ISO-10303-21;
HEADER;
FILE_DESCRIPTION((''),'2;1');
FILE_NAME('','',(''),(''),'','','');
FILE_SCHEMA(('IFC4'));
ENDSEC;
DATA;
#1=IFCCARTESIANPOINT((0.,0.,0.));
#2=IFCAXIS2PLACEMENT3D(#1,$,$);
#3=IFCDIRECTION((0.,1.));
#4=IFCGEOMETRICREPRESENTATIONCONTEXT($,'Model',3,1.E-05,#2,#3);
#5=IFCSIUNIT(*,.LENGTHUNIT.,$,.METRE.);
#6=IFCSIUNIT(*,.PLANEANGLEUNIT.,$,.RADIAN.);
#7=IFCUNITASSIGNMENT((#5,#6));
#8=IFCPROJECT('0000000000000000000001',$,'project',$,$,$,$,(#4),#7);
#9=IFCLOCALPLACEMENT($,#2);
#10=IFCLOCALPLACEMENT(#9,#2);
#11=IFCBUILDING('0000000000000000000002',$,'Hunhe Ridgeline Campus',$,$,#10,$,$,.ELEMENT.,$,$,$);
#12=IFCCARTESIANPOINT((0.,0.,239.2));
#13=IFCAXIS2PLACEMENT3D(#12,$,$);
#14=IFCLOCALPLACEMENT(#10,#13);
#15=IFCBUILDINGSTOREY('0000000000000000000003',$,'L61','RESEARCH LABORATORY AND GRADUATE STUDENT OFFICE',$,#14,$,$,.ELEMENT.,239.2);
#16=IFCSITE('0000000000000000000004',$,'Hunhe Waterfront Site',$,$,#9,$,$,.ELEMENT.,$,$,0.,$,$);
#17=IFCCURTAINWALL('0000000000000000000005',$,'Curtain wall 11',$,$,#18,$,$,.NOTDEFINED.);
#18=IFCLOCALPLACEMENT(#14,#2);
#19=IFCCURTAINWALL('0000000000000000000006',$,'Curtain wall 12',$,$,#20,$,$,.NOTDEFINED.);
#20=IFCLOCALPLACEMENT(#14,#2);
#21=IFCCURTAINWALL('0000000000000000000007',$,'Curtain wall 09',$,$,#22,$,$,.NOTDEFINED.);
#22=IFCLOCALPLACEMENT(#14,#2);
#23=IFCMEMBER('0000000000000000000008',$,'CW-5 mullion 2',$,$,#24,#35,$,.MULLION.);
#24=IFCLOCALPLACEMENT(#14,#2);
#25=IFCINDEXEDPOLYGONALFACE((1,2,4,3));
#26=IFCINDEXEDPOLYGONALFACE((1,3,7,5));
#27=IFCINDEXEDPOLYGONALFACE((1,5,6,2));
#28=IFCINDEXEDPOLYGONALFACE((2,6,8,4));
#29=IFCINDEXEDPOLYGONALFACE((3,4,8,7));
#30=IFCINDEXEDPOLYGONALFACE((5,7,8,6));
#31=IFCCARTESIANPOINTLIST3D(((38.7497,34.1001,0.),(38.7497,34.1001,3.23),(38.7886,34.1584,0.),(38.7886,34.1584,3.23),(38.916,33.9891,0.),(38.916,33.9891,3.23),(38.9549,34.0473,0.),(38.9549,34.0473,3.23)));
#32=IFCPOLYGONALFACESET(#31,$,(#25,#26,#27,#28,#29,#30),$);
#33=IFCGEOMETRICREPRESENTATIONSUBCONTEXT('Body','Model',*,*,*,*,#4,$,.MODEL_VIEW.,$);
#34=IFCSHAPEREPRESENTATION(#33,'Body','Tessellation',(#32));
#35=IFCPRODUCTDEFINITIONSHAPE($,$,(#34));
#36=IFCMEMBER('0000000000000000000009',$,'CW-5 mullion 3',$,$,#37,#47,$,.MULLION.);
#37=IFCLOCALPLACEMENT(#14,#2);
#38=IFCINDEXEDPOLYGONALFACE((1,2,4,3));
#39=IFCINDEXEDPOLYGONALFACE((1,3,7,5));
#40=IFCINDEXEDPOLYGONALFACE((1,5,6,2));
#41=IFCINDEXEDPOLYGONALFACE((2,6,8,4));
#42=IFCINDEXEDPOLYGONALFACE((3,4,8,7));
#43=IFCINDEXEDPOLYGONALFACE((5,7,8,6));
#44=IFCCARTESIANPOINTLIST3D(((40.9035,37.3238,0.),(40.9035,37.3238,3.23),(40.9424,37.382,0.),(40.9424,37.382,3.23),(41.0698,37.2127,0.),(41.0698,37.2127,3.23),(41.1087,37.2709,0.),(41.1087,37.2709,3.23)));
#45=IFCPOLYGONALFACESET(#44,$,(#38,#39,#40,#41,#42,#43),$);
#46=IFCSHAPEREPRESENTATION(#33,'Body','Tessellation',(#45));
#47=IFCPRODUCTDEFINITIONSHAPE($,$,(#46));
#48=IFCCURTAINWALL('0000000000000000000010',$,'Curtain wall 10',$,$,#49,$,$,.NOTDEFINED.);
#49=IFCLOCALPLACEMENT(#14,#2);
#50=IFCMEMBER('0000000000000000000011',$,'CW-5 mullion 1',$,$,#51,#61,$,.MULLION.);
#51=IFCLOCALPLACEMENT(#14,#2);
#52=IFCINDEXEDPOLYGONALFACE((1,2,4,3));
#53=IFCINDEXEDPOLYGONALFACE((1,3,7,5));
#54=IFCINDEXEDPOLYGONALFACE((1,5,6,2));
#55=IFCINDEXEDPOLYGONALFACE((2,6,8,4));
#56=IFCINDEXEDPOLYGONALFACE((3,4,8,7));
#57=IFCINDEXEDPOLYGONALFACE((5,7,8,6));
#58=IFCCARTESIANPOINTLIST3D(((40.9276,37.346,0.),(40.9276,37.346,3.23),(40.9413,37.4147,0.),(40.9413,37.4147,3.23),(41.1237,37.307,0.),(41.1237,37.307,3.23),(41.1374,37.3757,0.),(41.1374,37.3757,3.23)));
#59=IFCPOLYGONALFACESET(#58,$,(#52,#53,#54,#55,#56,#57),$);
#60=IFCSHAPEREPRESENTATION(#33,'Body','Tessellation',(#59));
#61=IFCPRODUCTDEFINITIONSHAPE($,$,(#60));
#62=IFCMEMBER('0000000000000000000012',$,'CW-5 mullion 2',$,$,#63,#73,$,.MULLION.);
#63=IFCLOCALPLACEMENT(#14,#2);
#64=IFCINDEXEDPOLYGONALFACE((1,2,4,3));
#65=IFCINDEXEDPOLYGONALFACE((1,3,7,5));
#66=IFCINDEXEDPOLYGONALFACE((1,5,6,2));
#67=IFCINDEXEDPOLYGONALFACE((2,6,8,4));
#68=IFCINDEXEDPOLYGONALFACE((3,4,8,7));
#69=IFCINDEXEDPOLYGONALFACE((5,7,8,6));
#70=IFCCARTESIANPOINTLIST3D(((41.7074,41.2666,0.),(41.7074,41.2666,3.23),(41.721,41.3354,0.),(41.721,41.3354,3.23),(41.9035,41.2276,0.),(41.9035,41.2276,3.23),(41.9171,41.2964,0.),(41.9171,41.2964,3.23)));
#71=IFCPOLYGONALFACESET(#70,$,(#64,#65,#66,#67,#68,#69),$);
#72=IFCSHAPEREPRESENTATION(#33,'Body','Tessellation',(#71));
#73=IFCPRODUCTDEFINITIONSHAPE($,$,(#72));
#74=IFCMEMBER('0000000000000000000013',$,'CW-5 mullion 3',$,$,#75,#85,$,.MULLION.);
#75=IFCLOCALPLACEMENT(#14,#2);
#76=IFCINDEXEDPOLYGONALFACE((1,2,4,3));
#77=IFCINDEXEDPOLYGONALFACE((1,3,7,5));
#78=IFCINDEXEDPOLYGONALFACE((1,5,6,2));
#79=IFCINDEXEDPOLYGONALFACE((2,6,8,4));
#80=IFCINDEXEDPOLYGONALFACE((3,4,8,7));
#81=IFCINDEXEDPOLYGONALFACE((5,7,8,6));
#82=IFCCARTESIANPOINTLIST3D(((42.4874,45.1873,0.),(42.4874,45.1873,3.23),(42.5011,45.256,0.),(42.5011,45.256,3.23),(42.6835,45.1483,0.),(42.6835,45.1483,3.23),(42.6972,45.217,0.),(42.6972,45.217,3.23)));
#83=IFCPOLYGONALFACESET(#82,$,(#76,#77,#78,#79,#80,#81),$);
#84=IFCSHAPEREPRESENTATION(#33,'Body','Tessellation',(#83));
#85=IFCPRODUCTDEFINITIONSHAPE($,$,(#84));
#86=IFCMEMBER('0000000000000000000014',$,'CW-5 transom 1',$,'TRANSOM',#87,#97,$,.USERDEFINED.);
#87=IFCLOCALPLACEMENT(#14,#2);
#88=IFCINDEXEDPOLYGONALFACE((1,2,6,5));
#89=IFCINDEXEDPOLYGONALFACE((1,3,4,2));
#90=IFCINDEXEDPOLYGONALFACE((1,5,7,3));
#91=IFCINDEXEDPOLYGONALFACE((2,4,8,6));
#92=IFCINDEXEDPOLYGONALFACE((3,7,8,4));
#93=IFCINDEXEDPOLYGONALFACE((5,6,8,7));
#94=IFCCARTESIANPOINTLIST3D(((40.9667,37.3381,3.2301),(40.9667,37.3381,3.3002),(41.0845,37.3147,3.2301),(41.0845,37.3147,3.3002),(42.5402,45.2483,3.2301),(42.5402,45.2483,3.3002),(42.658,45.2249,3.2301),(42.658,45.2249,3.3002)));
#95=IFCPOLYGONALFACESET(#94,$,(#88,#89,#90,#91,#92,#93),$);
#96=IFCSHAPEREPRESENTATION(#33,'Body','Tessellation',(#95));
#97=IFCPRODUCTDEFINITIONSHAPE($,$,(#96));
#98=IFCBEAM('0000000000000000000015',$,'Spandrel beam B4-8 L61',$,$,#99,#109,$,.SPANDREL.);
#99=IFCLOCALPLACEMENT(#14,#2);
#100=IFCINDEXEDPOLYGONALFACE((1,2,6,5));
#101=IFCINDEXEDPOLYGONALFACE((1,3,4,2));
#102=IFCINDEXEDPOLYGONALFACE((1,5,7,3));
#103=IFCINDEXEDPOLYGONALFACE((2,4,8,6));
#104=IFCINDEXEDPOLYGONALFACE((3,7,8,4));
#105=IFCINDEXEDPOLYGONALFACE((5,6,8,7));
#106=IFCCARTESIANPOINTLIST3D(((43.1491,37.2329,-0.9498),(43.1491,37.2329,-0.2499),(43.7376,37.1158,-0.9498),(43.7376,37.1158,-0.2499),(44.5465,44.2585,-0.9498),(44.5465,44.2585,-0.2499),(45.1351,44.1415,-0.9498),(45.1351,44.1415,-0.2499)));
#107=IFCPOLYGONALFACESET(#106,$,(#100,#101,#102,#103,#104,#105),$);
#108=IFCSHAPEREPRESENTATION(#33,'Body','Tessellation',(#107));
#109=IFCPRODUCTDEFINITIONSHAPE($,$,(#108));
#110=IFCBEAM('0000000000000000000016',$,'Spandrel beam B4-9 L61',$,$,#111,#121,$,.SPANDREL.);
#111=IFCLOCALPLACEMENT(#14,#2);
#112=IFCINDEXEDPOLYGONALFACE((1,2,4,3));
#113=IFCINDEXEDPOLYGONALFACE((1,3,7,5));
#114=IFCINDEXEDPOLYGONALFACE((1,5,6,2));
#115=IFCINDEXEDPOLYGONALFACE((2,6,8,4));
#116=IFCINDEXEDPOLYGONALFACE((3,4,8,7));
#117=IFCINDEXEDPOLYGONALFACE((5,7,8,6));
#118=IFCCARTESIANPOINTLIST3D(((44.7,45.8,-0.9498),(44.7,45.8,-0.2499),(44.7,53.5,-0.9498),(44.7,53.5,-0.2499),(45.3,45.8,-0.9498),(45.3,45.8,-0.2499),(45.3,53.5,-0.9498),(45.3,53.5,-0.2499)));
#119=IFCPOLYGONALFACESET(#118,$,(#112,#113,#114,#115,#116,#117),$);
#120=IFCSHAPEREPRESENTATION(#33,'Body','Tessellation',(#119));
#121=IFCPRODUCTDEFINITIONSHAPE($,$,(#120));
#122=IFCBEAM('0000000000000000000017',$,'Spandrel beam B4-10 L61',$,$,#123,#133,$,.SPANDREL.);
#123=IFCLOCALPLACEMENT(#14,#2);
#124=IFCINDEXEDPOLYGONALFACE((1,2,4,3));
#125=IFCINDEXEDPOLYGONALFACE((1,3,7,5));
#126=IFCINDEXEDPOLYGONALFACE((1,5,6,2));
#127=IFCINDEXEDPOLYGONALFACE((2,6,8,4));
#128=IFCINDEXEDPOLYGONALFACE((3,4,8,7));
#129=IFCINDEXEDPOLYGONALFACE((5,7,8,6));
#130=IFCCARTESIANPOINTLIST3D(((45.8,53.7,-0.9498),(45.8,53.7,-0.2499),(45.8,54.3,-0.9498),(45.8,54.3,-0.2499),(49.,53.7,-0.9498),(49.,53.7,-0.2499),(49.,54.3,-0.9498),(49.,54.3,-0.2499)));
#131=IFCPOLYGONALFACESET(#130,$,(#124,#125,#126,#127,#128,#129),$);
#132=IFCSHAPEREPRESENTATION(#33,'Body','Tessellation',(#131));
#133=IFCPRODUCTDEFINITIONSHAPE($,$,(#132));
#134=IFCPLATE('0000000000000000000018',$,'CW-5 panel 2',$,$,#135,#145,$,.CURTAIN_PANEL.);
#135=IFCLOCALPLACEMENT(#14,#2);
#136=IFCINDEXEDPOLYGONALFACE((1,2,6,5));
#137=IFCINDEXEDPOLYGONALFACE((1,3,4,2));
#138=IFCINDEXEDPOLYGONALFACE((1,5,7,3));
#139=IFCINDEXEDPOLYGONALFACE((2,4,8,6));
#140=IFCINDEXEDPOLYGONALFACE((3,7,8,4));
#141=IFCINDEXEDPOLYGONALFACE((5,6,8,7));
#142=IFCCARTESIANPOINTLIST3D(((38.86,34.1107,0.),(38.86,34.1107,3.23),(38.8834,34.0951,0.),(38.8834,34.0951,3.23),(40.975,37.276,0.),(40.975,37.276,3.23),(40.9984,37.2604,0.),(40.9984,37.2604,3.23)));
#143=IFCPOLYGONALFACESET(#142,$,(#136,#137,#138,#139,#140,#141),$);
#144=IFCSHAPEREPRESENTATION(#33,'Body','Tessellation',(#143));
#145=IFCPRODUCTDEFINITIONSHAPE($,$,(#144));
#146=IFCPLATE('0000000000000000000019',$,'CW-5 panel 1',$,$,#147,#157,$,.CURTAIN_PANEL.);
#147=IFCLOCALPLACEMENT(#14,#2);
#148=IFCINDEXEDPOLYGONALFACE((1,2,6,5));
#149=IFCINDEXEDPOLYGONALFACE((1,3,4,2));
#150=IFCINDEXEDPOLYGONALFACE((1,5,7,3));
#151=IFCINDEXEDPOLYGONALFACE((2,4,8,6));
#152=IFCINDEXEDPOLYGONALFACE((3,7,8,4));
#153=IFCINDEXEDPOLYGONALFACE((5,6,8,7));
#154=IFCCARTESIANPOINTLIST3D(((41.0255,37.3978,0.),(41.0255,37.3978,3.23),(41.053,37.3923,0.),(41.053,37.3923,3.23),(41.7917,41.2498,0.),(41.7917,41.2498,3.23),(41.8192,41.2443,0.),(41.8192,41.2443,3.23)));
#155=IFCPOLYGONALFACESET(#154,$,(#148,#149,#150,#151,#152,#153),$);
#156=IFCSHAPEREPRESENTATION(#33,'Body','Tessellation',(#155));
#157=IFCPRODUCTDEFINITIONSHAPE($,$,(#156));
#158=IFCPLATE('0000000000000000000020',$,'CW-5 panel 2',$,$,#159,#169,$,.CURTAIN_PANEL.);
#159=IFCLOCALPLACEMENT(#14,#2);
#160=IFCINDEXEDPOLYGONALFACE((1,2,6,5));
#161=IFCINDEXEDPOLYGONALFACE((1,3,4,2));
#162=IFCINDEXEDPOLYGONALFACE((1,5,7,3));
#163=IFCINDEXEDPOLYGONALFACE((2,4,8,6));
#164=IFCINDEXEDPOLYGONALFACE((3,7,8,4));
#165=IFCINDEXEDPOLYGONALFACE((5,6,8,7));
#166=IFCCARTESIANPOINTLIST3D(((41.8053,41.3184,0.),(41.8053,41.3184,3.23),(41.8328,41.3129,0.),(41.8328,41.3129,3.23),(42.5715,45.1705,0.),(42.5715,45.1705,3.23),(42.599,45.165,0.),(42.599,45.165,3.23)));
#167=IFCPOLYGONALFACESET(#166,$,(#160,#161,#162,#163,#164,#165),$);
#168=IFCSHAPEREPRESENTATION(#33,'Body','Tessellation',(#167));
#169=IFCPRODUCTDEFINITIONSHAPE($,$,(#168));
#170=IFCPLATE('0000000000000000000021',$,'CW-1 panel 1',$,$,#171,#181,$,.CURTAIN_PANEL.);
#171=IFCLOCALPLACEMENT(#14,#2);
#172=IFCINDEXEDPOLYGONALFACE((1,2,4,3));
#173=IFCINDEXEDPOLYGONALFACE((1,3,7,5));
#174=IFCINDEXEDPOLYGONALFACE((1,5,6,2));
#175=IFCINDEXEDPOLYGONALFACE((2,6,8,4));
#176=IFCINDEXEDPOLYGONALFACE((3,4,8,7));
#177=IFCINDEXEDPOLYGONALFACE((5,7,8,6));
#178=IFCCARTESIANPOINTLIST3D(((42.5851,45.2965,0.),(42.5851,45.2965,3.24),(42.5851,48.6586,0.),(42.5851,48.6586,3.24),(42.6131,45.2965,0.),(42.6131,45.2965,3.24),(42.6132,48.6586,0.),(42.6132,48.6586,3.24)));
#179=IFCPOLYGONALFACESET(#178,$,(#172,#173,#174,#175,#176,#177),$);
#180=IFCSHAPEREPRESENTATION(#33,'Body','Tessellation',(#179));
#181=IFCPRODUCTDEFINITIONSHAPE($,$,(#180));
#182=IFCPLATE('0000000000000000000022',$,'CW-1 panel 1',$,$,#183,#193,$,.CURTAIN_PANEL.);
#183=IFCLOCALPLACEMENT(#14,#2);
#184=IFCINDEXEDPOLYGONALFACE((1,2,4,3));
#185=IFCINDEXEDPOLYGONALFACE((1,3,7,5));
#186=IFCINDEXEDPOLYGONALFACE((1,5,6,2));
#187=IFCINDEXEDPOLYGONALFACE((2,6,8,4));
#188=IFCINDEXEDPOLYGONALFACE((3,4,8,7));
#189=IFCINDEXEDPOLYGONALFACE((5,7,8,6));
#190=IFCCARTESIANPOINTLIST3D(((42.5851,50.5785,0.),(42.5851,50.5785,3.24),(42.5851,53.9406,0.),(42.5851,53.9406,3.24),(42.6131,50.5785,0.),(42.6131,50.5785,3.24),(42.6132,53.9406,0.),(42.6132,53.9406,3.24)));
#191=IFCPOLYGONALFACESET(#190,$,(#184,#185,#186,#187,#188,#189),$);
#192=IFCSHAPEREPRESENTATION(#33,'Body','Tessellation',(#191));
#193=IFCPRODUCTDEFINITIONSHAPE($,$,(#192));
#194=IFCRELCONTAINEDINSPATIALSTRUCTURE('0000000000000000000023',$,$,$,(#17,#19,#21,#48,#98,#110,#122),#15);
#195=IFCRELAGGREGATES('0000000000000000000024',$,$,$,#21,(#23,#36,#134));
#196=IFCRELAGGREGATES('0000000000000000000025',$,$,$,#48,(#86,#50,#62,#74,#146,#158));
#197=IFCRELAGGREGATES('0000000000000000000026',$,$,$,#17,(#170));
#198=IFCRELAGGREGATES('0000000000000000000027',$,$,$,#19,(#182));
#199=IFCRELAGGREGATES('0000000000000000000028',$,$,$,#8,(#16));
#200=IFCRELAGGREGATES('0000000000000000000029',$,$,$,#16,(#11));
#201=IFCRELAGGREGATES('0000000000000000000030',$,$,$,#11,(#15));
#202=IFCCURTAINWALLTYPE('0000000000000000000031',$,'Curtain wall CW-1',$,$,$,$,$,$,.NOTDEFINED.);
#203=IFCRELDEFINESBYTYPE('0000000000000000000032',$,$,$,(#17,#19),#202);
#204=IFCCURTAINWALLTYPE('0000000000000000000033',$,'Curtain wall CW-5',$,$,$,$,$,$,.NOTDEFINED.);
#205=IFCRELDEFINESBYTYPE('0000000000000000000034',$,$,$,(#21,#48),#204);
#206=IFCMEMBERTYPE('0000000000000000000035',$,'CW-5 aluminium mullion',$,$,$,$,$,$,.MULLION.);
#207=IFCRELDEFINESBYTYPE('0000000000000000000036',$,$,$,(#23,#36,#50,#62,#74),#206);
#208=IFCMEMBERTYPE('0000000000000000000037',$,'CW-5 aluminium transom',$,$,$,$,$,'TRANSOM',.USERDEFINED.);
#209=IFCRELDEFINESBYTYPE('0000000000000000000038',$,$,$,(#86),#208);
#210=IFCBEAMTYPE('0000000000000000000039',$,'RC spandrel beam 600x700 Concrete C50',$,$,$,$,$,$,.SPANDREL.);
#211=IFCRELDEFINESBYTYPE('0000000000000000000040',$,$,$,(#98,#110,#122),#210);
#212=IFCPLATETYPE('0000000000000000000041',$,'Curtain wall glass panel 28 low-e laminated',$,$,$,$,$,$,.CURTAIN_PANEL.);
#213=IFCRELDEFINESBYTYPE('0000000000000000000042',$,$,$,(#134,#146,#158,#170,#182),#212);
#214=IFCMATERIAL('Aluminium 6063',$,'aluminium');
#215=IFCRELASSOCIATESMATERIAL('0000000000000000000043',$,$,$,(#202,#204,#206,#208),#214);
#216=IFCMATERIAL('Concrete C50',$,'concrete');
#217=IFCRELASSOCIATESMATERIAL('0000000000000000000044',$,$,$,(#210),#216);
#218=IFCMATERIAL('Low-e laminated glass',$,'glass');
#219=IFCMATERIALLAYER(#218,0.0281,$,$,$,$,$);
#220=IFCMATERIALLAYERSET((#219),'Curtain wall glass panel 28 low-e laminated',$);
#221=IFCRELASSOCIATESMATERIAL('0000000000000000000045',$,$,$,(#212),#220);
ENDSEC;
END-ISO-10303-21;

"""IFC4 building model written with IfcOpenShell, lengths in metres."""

from ifc_helpers import new_model, si_unit, direction, frame, origin, origin_2d, place, context, subcontext, project, spatial, rectangle, extrude, material, layer, layer_set, material_profile, profile_set, type_object, element, aggregate, save


model = new_model("IFC4")

# Units and contexts
model_context = context("Model", 3, precision=1e-05, world=origin(), true_north=direction((0.0, 1.0)))
body_context = subcontext(model_context, "Body", "Model", "MODEL_VIEW")
ifc_project = project(units=[si_unit("LENGTHUNIT", "METRE"), si_unit("PLANEANGLEUNIT", "RADIAN")], contexts=[model_context])

# Site, building, storey
site_placement = place(None, origin())
site = spatial("IfcSite", under=ifc_project, at=site_placement, Name="Hunhe Waterfront Site", CompositionType="ELEMENT", RefElevation=0.0)
building_placement = place(site_placement, origin())
building = spatial("IfcBuilding", under=site, at=building_placement, Name="Hunhe Ridgeline Campus", CompositionType="ELEMENT")
storey_placement = place(building_placement, frame((0.0, 0.0, 239.2)))
storey = spatial("IfcBuildingStorey", under=building, at=storey_placement, Name="L61", Description="RESEARCH LABORATORY AND GRADUATE STUDENT OFFICE", CompositionType="ELEMENT", Elevation=239.2)

# Curtain walls
ifc_material_1 = material(Name="Aluminium 6063", Category="aluminium")
curtain_wall_type_1 = type_object("IfcCurtainWallType", Name="Curtain wall CW-1", PredefinedType="NOTDEFINED", material=ifc_material_1)
curtain_wall_1_placement = place(storey_placement, origin())
curtain_wall_1 = element("IfcCurtainWall", 1, at=curtain_wall_1_placement, inside=storey, type_object=curtain_wall_type_1, Name="Curtain wall 11", PredefinedType="NOTDEFINED")
curtain_wall_2_placement = place(storey_placement, origin())
curtain_wall_2 = element("IfcCurtainWall", 2, at=curtain_wall_2_placement, inside=storey, type_object=curtain_wall_type_1, Name="Curtain wall 12", PredefinedType="NOTDEFINED")

# Curtain walls, members
curtain_wall_type_2 = type_object("IfcCurtainWallType", Name="Curtain wall CW-5", PredefinedType="NOTDEFINED", material=ifc_material_1)
curtain_wall_3_placement = place(storey_placement, origin())
curtain_wall_3 = element("IfcCurtainWall", 3, at=curtain_wall_3_placement, inside=storey, type_object=curtain_wall_type_2, Name="Curtain wall 09", PredefinedType="NOTDEFINED")
ifc_material_profile_1 = material_profile(ifc_material_1, rectangle(XDim=0.2, YDim=0.0701, at=origin_2d()))
ifc_profile_set_1 = profile_set([ifc_material_profile_1], Name="Aluminium 6063")
member_type_1 = type_object("IfcMemberType", Name="CW-5 aluminium mullion", PredefinedType="MULLION", material=ifc_profile_set_1)
member_1_placement = place(storey_placement, frame((38.8523, 34.0737, 0.0), z_axis=(0.0, 0.0, 1.0), x_axis=(-0.83147, 0.55557, 0.0)))
member_1 = element("IfcMember", 4, at=member_1_placement, type_object=member_type_1, Name="CW-5 mullion 2", PredefinedType="MULLION", context=body_context, shape_type="SweptSolid", body=[
    extrude(rectangle(XDim=0.2, YDim=0.0701, at=origin_2d()), origin(), (0.0, 0.0, 1.0), 3.23),
])
member_2_placement = place(storey_placement, frame((41.0061, 37.2974, 0.0), z_axis=(0.0, 0.0, 1.0), x_axis=(-0.83147, 0.55557, 0.0)))
member_2 = element("IfcMember", 5, at=member_2_placement, type_object=member_type_1, Name="CW-5 mullion 3", PredefinedType="MULLION", context=body_context, shape_type="SweptSolid", body=[
    extrude(rectangle(XDim=0.2, YDim=0.0701, at=origin_2d()), origin(), (0.0, 0.0, 1.0), 3.23),
])
curtain_wall_4_placement = place(storey_placement, origin())
curtain_wall_4 = element("IfcCurtainWall", 6, at=curtain_wall_4_placement, inside=storey, type_object=curtain_wall_type_2, Name="Curtain wall 10", PredefinedType="NOTDEFINED")
member_3_placement = place(storey_placement, frame((41.0325, 37.3608, 0.0), z_axis=(0.0, 0.0, 1.0), x_axis=(-0.980785, 0.19509, 0.0)))
member_3 = element("IfcMember", 7, at=member_3_placement, type_object=member_type_1, Name="CW-5 mullion 1", PredefinedType="MULLION", context=body_context, shape_type="SweptSolid", body=[
    extrude(rectangle(XDim=0.2, YDim=0.0701, at=origin_2d()), origin(), (0.0, 0.0, 1.0), 3.23),
])
member_4_placement = place(storey_placement, frame((41.8123, 41.2815, 0.0), z_axis=(0.0, 0.0, 1.0), x_axis=(-0.980785, 0.19509, 0.0)))
member_4 = element("IfcMember", 8, at=member_4_placement, type_object=member_type_1, Name="CW-5 mullion 2", PredefinedType="MULLION", context=body_context, shape_type="SweptSolid", body=[
    extrude(rectangle(XDim=0.2, YDim=0.0701, at=origin_2d()), origin(), (0.0, 0.0, 1.0), 3.23),
])
member_5_placement = place(storey_placement, frame((42.5923, 45.2021, 0.0), z_axis=(0.0, 0.0, 1.0), x_axis=(-0.980785, 0.19509, 0.0)))
member_5 = element("IfcMember", 9, at=member_5_placement, type_object=member_type_1, Name="CW-5 mullion 3", PredefinedType="MULLION", context=body_context, shape_type="SweptSolid", body=[
    extrude(rectangle(XDim=0.2, YDim=0.0701, at=origin_2d()), origin(), (0.0, 0.0, 1.0), 3.23),
])
ifc_material_profile_2 = material_profile(ifc_material_1, rectangle(XDim=0.1201, YDim=0.0701, at=origin_2d()))
ifc_profile_set_2 = profile_set([ifc_material_profile_2], Name="Aluminium 6063")
member_type_2 = type_object("IfcMemberType", Name="CW-5 aluminium transom", ElementType="TRANSOM", PredefinedType="USERDEFINED", material=ifc_profile_set_2)
member_6_placement = place(storey_placement, frame((41.0256, 37.3264, 3.2651), z_axis=(0.195097, 0.980784, 0.0), x_axis=(-0.980784, 0.195097, 0.0)))
member_6 = element("IfcMember", 10, at=member_6_placement, type_object=member_type_2, Name="CW-5 transom 1", ObjectType="TRANSOM", PredefinedType="USERDEFINED", context=body_context, shape_type="SweptSolid", body=[
    extrude(rectangle(XDim=0.1201, YDim=0.0701, at=origin_2d()), origin(), (0.0, 0.0, 1.0), 8.0652),
])

# Beams
ifc_material_2 = material(Name="Concrete C50", Category="concrete")
ifc_material_profile_3 = material_profile(ifc_material_2, rectangle(XDim=0.6001, YDim=0.7, at=origin_2d()))
ifc_profile_set_3 = profile_set([ifc_material_profile_3], Name="Concrete C50")
beam_type = type_object("IfcBeamType", Name="RC spandrel beam 600x700 Concrete C50", PredefinedType="SPANDREL", material=ifc_profile_set_3)
beam_1_placement = place(storey_placement, frame((43.4434, 37.1743, -0.5999), z_axis=(0.195087, 0.980786, 0.0), x_axis=(-0.980786, 0.195087, 0.0)))
element("IfcBeam", 11, at=beam_1_placement, inside=storey, type_object=beam_type, Name="Spandrel beam B4-8 L61", PredefinedType="SPANDREL", context=body_context, shape_type="SweptSolid", body=[
    extrude(rectangle(XDim=0.6001, YDim=0.7, at=origin_2d()), origin(), (0.0, 0.0, 1.0), 7.1633),
])
beam_2_placement = place(storey_placement, frame((45.0, 45.8, -0.5999), z_axis=(0.0, 1.0, 0.0), x_axis=(-1.0, 0.0, 0.0)))
element("IfcBeam", 12, at=beam_2_placement, inside=storey, type_object=beam_type, Name="Spandrel beam B4-9 L61", PredefinedType="SPANDREL", context=body_context, shape_type="SweptSolid", body=[
    extrude(rectangle(XDim=0.6001, YDim=0.7, at=origin_2d()), origin(), (0.0, 0.0, 1.0), 7.7),
])
beam_3_placement = place(storey_placement, frame((45.8, 54.0, -0.5999), z_axis=(1.0, 0.0, 0.0), x_axis=(0.0, 1.0, 0.0)))
element("IfcBeam", 13, at=beam_3_placement, inside=storey, type_object=beam_type, Name="Spandrel beam B4-10 L61", PredefinedType="SPANDREL", context=body_context, shape_type="SweptSolid", body=[
    extrude(rectangle(XDim=0.6001, YDim=0.7, at=origin_2d()), origin(), (0.0, 0.0, 1.0), 3.2),
])

# Plates
ifc_material_3 = material(Name="Low-e laminated glass", Category="glass")
ifc_layer_1 = layer(ifc_material_3, 0.0281)
ifc_layer_set_1 = layer_set([ifc_layer_1], Name="Curtain wall glass panel 28 low-e laminated")
plate_type = type_object("IfcPlateType", Name="Curtain wall glass panel 28 low-e laminated", PredefinedType="CURTAIN_PANEL", material=ifc_layer_set_1)
plate_1_placement = place(storey_placement, frame((39.9292, 35.6855, 0.0), z_axis=(0.0, 0.0, 1.0), x_axis=(0.55557, 0.83147, 0.0)))
plate_1 = element("IfcPlate", 14, at=plate_1_placement, type_object=plate_type, Name="CW-5 panel 2", PredefinedType="CURTAIN_PANEL", context=body_context, shape_type="SweptSolid", body=[
    extrude(rectangle(XDim=3.8069, YDim=0.0281, at=origin_2d()), origin(), (0.0, 0.0, 1.0), 3.23),
])
aggregate(curtain_wall_3, [member_1, member_2, plate_1])
plate_2_placement = place(storey_placement, frame((41.4224, 39.321, 0.0), z_axis=(0.0, 0.0, 1.0), x_axis=(0.19509, 0.980785, 0.0)))
plate_2 = element("IfcPlate", 15, at=plate_2_placement, type_object=plate_type, Name="CW-5 panel 1", PredefinedType="CURTAIN_PANEL", context=body_context, shape_type="SweptSolid", body=[
    extrude(rectangle(XDim=3.9275, YDim=0.0281, at=origin_2d()), origin(), (0.0, 0.0, 1.0), 3.23),
])
plate_3_placement = place(storey_placement, frame((42.2021, 43.2417, 0.0), z_axis=(0.0, 0.0, 1.0), x_axis=(0.19509, 0.980785, 0.0)))
plate_3 = element("IfcPlate", 16, at=plate_3_placement, type_object=plate_type, Name="CW-5 panel 2", PredefinedType="CURTAIN_PANEL", context=body_context, shape_type="SweptSolid", body=[
    extrude(rectangle(XDim=3.9275, YDim=0.0281, at=origin_2d()), origin(), (0.0, 0.0, 1.0), 3.23),
])
aggregate(curtain_wall_4, [member_6, member_3, member_4, member_5, plate_2, plate_3])
plate_4_placement = place(storey_placement, frame((42.5991, 46.9775, 0.0), z_axis=(0.0, 0.0, 1.0), x_axis=(0.000019, 1.0, 0.0)))
plate_4 = element("IfcPlate", 17, at=plate_4_placement, type_object=plate_type, Name="CW-1 panel 1", PredefinedType="CURTAIN_PANEL", context=body_context, shape_type="SweptSolid", body=[
    extrude(rectangle(XDim=3.3621, YDim=0.0281, at=origin_2d()), origin(), (0.0, 0.0, 1.0), 3.24),
])
aggregate(curtain_wall_1, [plate_4])
plate_5_placement = place(storey_placement, frame((42.5991, 52.2595, 0.0), z_axis=(0.0, 0.0, 1.0), x_axis=(0.000019, 1.0, 0.0)))
plate_5 = element("IfcPlate", 18, at=plate_5_placement, type_object=plate_type, Name="CW-1 panel 1", PredefinedType="CURTAIN_PANEL", context=body_context, shape_type="SweptSolid", body=[
    extrude(rectangle(XDim=3.3621, YDim=0.0281, at=origin_2d()), origin(), (0.0, 0.0, 1.0), 3.24),
])
aggregate(curtain_wall_2, [plate_5])

save(model, "model.ifc")
